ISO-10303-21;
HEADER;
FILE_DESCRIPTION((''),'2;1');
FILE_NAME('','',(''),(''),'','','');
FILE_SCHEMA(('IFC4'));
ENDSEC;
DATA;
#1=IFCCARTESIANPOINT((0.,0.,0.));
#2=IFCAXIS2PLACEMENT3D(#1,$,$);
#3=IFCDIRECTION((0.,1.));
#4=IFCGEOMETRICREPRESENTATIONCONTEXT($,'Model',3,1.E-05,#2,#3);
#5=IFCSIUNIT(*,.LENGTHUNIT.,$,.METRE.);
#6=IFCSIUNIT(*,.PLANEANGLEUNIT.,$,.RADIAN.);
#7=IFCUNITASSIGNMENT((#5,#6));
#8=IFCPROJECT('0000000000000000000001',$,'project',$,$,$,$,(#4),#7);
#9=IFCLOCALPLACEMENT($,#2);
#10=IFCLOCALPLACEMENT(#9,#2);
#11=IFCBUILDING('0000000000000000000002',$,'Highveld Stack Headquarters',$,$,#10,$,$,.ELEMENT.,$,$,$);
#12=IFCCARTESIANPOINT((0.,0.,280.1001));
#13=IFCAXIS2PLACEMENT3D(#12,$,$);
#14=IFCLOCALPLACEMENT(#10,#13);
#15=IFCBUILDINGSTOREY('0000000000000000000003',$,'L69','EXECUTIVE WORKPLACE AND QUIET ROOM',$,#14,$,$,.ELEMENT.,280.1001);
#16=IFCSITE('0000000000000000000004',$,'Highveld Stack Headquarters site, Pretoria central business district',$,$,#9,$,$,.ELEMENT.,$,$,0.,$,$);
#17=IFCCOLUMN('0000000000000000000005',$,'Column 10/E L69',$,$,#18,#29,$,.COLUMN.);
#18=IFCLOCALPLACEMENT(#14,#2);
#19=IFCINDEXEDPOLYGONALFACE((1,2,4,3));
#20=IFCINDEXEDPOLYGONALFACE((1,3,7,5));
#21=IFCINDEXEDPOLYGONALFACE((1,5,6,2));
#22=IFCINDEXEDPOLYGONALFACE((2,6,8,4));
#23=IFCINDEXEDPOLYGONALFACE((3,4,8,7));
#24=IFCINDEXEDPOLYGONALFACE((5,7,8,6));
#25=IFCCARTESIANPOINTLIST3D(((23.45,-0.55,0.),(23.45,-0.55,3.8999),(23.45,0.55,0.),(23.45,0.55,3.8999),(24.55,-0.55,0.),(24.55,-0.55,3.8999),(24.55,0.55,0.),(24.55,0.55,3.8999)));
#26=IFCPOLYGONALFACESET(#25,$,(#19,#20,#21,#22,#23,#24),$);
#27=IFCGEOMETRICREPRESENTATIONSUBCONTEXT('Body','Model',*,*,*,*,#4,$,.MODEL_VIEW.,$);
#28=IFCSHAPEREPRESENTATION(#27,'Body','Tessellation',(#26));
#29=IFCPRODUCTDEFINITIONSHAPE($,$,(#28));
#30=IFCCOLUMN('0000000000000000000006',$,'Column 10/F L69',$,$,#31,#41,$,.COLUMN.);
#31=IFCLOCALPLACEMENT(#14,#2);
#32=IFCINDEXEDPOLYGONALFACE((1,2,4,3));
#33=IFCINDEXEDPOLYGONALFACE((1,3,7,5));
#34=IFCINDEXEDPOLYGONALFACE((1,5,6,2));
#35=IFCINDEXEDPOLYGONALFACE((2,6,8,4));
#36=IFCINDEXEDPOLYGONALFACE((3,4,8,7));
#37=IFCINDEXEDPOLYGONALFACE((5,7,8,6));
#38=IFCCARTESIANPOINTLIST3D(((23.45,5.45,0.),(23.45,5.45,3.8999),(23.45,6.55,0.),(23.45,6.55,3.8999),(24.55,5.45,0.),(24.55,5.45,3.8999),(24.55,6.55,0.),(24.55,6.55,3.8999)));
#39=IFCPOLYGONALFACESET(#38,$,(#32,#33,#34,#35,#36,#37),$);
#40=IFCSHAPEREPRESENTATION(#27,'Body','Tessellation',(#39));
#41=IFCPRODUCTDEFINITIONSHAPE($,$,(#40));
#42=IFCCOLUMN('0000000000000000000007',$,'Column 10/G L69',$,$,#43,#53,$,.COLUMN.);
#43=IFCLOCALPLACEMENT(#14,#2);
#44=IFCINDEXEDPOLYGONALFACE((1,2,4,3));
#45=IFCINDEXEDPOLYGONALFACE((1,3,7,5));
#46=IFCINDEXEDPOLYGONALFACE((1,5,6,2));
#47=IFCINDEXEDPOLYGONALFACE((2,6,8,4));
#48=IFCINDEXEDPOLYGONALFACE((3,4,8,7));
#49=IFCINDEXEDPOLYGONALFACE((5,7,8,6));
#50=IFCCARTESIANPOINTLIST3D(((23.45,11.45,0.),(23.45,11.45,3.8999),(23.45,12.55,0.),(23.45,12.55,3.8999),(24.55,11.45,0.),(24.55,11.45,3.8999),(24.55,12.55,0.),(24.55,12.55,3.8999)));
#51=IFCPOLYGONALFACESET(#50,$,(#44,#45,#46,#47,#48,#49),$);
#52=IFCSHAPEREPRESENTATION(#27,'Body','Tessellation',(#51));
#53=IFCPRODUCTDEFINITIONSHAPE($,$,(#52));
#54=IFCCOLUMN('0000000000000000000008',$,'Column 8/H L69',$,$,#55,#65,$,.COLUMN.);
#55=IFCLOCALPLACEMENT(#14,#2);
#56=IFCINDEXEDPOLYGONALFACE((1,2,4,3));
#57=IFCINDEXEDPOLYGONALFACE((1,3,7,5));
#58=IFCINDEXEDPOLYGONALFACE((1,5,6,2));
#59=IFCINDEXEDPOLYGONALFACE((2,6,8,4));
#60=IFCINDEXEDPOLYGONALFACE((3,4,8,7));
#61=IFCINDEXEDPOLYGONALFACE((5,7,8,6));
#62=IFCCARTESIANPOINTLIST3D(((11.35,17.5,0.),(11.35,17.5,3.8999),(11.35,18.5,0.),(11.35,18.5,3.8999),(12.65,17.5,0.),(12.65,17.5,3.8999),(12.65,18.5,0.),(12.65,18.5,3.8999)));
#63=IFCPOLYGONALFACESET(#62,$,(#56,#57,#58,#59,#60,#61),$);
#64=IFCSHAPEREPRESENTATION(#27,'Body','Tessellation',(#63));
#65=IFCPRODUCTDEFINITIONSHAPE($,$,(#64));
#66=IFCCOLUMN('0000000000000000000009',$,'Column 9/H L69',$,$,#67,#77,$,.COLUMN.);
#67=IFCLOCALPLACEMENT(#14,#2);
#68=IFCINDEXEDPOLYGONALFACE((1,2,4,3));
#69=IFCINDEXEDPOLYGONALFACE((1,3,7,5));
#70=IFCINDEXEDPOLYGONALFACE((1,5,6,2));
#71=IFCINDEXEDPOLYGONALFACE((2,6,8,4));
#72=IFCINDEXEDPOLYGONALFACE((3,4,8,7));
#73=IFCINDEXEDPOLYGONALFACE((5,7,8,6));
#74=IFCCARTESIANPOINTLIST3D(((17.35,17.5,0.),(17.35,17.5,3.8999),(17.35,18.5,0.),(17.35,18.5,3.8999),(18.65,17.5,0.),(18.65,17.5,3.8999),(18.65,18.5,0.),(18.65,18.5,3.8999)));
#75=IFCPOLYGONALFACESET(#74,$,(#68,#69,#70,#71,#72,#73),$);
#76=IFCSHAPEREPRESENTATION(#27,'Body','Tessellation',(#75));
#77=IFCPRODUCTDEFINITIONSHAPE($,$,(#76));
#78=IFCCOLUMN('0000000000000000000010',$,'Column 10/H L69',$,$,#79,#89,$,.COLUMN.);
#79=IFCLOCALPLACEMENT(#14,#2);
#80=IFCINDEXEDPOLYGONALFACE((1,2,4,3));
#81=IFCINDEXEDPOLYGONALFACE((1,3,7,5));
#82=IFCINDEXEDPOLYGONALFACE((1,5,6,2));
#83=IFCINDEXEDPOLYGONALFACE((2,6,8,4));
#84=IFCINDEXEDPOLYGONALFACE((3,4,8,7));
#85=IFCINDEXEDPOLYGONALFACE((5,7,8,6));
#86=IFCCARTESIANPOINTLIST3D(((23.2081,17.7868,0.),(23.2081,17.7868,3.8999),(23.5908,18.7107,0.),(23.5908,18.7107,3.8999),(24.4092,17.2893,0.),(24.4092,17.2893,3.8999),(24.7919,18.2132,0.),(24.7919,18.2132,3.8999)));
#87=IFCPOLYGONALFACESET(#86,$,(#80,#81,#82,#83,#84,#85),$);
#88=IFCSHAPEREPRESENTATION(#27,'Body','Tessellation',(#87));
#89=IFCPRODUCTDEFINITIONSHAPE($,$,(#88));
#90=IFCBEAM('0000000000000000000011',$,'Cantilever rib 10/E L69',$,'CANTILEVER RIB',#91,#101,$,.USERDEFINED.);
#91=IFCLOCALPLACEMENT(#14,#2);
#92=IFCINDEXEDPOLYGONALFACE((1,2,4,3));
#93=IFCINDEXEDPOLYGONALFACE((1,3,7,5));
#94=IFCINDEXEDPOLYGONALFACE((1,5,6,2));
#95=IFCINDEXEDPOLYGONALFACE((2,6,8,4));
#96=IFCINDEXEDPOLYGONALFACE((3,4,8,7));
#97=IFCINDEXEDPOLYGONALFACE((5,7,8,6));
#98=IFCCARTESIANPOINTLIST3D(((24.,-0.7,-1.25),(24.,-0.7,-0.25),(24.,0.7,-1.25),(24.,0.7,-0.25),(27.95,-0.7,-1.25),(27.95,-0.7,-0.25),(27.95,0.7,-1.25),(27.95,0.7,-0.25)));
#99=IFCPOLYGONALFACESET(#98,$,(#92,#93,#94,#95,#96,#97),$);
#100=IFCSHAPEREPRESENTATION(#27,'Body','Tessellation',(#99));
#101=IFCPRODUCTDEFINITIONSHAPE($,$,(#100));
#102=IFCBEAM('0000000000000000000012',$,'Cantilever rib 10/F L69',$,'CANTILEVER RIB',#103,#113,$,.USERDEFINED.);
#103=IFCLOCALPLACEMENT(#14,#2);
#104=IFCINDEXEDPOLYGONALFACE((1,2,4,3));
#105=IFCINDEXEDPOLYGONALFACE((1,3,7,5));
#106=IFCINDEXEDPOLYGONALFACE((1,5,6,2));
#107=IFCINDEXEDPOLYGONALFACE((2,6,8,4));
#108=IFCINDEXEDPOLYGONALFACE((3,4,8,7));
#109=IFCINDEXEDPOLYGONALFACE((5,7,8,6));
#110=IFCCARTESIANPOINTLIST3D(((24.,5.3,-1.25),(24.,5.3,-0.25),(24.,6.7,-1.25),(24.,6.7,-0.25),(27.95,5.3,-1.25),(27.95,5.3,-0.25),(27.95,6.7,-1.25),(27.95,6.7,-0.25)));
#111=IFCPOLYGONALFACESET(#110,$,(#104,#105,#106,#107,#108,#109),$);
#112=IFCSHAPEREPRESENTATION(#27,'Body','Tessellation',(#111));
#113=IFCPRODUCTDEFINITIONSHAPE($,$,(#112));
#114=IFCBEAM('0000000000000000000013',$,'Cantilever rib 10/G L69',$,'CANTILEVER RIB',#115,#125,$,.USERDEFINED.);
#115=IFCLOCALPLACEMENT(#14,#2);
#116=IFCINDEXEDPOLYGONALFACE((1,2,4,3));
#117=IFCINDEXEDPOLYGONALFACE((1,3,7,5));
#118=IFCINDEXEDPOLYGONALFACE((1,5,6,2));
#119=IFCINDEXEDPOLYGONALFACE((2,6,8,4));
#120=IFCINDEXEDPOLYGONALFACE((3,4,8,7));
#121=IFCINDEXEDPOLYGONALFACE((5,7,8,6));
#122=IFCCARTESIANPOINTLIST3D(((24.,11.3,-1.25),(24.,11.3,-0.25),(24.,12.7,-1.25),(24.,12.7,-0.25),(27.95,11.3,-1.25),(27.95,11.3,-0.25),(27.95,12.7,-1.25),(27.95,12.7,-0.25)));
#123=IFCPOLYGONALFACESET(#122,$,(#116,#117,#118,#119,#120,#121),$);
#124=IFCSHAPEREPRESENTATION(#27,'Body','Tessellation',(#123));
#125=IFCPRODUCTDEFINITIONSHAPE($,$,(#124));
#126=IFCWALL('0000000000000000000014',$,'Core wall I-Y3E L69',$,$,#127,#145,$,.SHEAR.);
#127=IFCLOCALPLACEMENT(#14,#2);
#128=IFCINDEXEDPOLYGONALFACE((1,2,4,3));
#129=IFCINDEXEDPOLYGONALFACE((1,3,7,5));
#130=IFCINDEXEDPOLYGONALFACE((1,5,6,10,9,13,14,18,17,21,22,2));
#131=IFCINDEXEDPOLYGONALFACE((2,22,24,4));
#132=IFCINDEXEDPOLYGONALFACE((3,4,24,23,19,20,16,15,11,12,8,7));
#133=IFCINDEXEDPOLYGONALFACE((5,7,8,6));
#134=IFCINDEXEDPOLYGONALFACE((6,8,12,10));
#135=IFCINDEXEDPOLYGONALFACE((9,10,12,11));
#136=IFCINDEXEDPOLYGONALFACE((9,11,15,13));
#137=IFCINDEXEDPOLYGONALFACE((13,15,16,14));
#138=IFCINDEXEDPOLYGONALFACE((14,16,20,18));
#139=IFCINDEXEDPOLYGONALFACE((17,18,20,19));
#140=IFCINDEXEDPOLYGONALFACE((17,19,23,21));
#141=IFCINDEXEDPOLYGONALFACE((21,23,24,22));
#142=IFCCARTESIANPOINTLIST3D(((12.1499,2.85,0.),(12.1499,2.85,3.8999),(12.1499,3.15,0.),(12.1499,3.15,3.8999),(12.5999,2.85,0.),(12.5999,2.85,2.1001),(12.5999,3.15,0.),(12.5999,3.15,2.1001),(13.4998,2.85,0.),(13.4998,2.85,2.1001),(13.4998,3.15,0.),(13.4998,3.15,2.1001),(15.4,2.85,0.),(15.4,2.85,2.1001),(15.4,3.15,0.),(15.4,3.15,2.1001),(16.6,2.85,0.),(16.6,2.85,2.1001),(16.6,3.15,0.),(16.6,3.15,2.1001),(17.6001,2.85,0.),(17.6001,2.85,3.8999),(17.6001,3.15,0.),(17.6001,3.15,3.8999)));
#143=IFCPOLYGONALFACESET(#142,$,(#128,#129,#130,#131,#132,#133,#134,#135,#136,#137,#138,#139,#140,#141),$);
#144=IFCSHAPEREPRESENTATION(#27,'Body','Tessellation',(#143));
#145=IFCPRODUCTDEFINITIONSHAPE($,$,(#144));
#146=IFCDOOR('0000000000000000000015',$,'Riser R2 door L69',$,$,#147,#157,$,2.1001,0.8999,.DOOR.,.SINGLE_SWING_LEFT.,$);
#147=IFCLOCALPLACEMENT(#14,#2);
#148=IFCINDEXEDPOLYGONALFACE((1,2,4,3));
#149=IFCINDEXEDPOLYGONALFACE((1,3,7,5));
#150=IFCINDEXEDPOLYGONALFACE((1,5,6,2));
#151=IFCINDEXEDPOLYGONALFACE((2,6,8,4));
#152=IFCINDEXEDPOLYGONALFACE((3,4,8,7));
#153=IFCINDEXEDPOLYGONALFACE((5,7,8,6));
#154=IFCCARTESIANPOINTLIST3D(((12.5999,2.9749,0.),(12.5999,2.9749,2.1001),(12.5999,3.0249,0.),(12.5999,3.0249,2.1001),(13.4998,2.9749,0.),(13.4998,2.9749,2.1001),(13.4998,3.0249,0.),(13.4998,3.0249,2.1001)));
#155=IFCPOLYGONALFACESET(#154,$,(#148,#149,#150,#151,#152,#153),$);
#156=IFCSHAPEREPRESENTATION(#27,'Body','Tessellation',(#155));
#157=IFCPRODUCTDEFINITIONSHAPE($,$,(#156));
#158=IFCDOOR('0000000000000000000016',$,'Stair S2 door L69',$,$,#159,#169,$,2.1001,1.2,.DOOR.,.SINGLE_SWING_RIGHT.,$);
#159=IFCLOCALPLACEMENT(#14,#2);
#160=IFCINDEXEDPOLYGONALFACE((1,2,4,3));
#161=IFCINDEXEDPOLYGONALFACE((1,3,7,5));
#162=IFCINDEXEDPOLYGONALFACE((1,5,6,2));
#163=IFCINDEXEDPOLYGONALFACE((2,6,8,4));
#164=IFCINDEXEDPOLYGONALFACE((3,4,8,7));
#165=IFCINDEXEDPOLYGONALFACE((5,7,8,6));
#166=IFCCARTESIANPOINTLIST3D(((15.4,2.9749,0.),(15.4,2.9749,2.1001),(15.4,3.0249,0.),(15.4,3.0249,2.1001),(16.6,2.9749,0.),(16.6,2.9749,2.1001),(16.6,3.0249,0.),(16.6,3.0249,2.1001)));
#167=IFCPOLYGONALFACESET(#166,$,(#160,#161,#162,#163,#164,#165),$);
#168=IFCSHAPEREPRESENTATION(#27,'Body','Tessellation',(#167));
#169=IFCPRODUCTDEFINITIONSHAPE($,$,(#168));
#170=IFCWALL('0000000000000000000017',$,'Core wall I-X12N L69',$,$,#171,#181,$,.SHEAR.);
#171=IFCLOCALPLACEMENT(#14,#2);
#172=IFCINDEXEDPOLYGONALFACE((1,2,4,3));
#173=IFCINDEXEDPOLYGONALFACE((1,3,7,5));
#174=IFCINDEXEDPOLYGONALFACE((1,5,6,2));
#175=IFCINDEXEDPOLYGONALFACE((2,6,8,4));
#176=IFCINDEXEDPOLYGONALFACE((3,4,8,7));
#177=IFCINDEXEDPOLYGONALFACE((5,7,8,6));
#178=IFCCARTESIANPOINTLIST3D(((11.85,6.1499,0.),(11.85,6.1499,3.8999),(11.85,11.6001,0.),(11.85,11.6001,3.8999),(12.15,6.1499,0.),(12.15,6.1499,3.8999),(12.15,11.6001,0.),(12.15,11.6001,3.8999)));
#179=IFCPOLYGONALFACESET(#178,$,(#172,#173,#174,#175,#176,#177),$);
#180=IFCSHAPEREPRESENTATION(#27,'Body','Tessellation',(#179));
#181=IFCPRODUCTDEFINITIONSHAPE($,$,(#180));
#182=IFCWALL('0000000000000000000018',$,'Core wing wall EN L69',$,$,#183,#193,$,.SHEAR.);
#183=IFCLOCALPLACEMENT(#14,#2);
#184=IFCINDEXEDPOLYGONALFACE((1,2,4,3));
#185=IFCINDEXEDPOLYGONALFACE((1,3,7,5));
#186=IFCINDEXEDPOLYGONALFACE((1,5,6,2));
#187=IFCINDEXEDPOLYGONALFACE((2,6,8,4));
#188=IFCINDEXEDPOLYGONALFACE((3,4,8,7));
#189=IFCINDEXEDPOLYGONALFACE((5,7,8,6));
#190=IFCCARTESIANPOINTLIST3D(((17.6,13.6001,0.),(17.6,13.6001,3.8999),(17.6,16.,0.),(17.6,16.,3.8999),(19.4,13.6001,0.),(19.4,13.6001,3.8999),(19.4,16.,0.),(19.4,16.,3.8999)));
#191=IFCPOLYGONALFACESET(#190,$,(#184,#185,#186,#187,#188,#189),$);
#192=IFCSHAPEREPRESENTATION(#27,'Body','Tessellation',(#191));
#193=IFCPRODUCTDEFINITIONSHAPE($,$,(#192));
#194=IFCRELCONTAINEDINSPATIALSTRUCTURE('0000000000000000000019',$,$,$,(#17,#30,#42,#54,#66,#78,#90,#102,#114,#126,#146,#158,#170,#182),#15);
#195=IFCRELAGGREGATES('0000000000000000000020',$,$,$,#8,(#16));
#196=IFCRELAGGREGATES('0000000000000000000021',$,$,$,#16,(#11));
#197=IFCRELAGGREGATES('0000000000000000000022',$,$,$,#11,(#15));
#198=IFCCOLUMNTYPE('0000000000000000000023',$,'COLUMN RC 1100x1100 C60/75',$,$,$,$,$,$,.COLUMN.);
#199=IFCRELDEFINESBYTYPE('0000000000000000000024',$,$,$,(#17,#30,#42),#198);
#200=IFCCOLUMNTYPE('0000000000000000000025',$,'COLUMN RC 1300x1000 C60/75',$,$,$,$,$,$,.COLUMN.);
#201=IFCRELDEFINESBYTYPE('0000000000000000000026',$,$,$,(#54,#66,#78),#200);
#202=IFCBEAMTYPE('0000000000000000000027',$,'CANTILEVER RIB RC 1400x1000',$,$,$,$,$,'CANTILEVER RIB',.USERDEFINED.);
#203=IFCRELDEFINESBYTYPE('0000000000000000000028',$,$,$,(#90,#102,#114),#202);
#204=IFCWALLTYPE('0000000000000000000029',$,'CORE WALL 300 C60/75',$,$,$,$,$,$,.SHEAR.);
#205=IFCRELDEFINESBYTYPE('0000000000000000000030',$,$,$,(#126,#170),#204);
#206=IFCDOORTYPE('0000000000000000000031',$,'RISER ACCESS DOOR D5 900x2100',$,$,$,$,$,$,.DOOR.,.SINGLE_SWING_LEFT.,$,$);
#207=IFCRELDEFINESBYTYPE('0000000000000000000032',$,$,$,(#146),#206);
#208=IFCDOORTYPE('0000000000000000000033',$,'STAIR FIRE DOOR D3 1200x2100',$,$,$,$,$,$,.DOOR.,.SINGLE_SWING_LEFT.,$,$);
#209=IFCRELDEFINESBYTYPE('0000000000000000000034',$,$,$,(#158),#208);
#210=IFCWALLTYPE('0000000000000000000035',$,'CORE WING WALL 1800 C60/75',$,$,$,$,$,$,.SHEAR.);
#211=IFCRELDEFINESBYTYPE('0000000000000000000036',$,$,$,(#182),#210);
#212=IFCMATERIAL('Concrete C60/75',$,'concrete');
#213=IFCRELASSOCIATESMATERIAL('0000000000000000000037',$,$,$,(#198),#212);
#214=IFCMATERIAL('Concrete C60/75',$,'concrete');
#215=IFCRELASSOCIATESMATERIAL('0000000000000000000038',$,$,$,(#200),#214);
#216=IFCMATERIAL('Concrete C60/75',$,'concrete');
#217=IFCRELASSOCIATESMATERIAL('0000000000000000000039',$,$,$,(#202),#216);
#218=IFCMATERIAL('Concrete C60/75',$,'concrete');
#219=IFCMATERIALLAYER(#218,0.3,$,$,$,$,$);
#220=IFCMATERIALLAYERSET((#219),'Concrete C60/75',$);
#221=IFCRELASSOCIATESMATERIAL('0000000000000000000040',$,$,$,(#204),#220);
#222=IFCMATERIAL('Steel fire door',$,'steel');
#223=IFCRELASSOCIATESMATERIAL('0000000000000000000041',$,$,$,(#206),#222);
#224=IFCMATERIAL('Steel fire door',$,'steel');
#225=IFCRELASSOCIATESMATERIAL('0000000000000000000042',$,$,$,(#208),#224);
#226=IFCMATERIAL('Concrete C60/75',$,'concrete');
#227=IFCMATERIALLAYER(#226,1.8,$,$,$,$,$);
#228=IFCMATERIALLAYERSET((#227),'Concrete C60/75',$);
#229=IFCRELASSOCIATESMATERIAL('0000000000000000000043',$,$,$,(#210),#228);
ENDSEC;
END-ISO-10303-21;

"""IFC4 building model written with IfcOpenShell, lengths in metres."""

from ifc_helpers import new_model, si_unit, direction, frame, frame_2d, origin, origin_2d, place, context, subcontext, project, spatial, rectangle, extrude, material, layer, layer_set, material_profile, profile_set, type_object, element, fill, save


model = new_model("IFC4")

# Units and contexts
model_context = context("Model", 3, precision=1e-05, world=origin(), true_north=direction((0.0, 1.0)))
body_context = subcontext(model_context, "Body", "Model", "MODEL_VIEW")
ifc_project = project(units=[si_unit("LENGTHUNIT", "METRE"), si_unit("PLANEANGLEUNIT", "RADIAN")], contexts=[model_context])

# Site, building, storey
site_placement = place(None, origin())
site = spatial("IfcSite", under=ifc_project, at=site_placement, Name="Highveld Stack Headquarters site, Pretoria central business district", CompositionType="ELEMENT", RefElevation=0.0)
building_placement = place(site_placement, origin())
building = spatial("IfcBuilding", under=site, at=building_placement, Name="Highveld Stack Headquarters", CompositionType="ELEMENT")
storey_placement = place(building_placement, frame((0.0, 0.0, 280.1001)))
storey = spatial("IfcBuildingStorey", under=building, at=storey_placement, Name="L69", Description="EXECUTIVE WORKPLACE AND QUIET ROOM", CompositionType="ELEMENT", Elevation=280.1001)

# Columns
ifc_material_1 = material(Name="Concrete C60/75", Category="concrete")
ifc_material_profile_1 = material_profile(ifc_material_1, rectangle(XDim=1.1001, YDim=1.1001, at=origin_2d()), Name="RC 1100x1100")
ifc_profile_set_1 = profile_set([ifc_material_profile_1], Name="Concrete C60/75")
column_type_1 = type_object("IfcColumnType", Name="COLUMN RC 1100x1100 C60/75", PredefinedType="COLUMN", material=ifc_profile_set_1)
for number, where, z_axis, x_axis, name in (
    (1, (24.0, 0.0, 0.0), (0.0, 0.0, 1.0), (1.0, 0.0, 0.0), "Column 10/E L69"),
    (2, (24.0, 6.0, 0.0), (0.0, 0.0, 1.0), (1.0, 0.0, 0.0), "Column 10/F L69"),
    (3, (24.0, 12.0, 0.0), (0.0, 0.0, 1.0), (1.0, 0.0, 0.0), "Column 10/G L69"),
):
    element("IfcColumn", number, at=place(storey_placement, frame(where, z_axis=z_axis, x_axis=x_axis)), inside=storey, type_object=column_type_1, Name=name, PredefinedType="COLUMN", context=body_context, shape_type="SweptSolid", body=[
        extrude(rectangle(XDim=1.1001, YDim=1.1001, at=origin_2d()), origin(), (0.0, 0.0, 1.0), 3.8999),
    ])
ifc_material_2 = material(Name="Concrete C60/75", Category="concrete")
ifc_material_profile_2 = material_profile(ifc_material_2, rectangle(XDim=1.3, YDim=1.0, at=origin_2d()), Name="RC 1300x1000")
ifc_profile_set_2 = profile_set([ifc_material_profile_2], Name="Concrete C60/75")
column_type_2 = type_object("IfcColumnType", Name="COLUMN RC 1300x1000 C60/75", PredefinedType="COLUMN", material=ifc_profile_set_2)
for number, where, z_axis, x_axis, name in (
    (4, (12.0, 18.0, 0.0), (0.0, 0.0, 1.0), (1.0, 0.0, 0.0), "Column 8/H L69"),
    (5, (18.0, 18.0, 0.0), (0.0, 0.0, 1.0), (1.0, 0.0, 0.0), "Column 9/H L69"),
    (6, (24.0, 18.0, 0.0), (0.0, 0.0, 1.0), (0.92388, -0.382683, 0.0), "Column 10/H L69"),
):
    element("IfcColumn", number, at=place(storey_placement, frame(where, z_axis=z_axis, x_axis=x_axis)), inside=storey, type_object=column_type_2, Name=name, PredefinedType="COLUMN", context=body_context, shape_type="SweptSolid", body=[
        extrude(rectangle(XDim=1.3, YDim=1.0, at=origin_2d()), origin(), (0.0, 0.0, 1.0), 3.8999),
    ])

# Beams
ifc_material_3 = material(Name="Concrete C60/75", Category="concrete")
ifc_material_profile_3 = material_profile(ifc_material_3, rectangle(XDim=1.3999, YDim=1.0, at=origin_2d()), Name="RC 1400x1000")
ifc_profile_set_3 = profile_set([ifc_material_profile_3], Name="Concrete C60/75")
beam_type = type_object("IfcBeamType", Name="CANTILEVER RIB RC 1400x1000", ElementType="CANTILEVER RIB", PredefinedType="USERDEFINED", material=ifc_profile_set_3)
for number, where, z_axis, x_axis, name in (
    (7, (24.0, 0.0, -0.75), (1.0, 0.0, 0.0), (0.0, 1.0, 0.0), "Cantilever rib 10/E L69"),
    (8, (24.0, 6.0, -0.75), (1.0, 0.0, 0.0), (0.0, 1.0, 0.0), "Cantilever rib 10/F L69"),
    (9, (24.0, 12.0, -0.75), (1.0, 0.0, 0.0), (0.0, 1.0, 0.0), "Cantilever rib 10/G L69"),
):
    element("IfcBeam", number, at=place(storey_placement, frame(where, z_axis=z_axis, x_axis=x_axis)), inside=storey, type_object=beam_type, Name=name, ObjectType="CANTILEVER RIB", PredefinedType="USERDEFINED", context=body_context, shape_type="SweptSolid", body=[
        extrude(rectangle(XDim=1.3999, YDim=1.0, at=origin_2d()), origin(), (0.0, 0.0, 1.0), 3.95),
    ])

# Wall, openings, doors
ifc_material_4 = material(Name="Concrete C60/75", Category="concrete")
ifc_layer_1 = layer(ifc_material_4, 0.3)
ifc_layer_set_1 = layer_set([ifc_layer_1], Name="Concrete C60/75")
wall_type_1 = type_object("IfcWallType", Name="CORE WALL 300 C60/75", PredefinedType="SHEAR", material=ifc_layer_set_1)
wall_1_placement = place(storey_placement, frame((12.1499, 3.0, 0.0), z_axis=(0.0, 0.0, 1.0), x_axis=(1.0, 0.0, 0.0)))
wall_1 = element("IfcWall", 10, at=wall_1_placement, inside=storey, type_object=wall_type_1, Name="Core wall I-Y3E L69", PredefinedType="SHEAR", context=body_context, shape_type="SweptSolid", body=[
    extrude(rectangle(XDim=5.4502, YDim=0.3, at=frame_2d((2.7251, 0.0))), origin(), (0.0, 0.0, 1.0), 3.8999),
])
opening_1_placement = place(wall_1_placement, frame((3.25, 0.0, 0.0)))
opening_1 = element("IfcOpeningElement", 11, at=opening_1_placement, cuts=wall_1, PredefinedType="OPENING", context=body_context, shape_type="SweptSolid", body=[
    extrude(rectangle(XDim=1.2, YDim=2.1001, at=frame_2d((0.6001, 1.05))), frame((0.0, 0.1599, 0.0), z_axis=(0.0, -1.0, 0.0), x_axis=(1.0, 0.0, 0.0)), (0.0, 0.0, 1.0), 0.3201),
])
opening_2_placement = place(wall_1_placement, frame((0.45, 0.0, 0.0)))
opening_2 = element("IfcOpeningElement", 12, at=opening_2_placement, cuts=wall_1, PredefinedType="OPENING", context=body_context, shape_type="SweptSolid", body=[
    extrude(rectangle(XDim=0.8999, YDim=2.1001, at=frame_2d((0.45, 1.05))), frame((0.0, 0.1599, 0.0), z_axis=(0.0, -1.0, 0.0), x_axis=(1.0, 0.0, 0.0)), (0.0, 0.0, 1.0), 0.3201),
])
ifc_material_5 = material(Name="Steel fire door", Category="steel")
door_type_1 = type_object("IfcDoorType", Name="RISER ACCESS DOOR D5 900x2100", OperationType="SINGLE_SWING_LEFT", PredefinedType="DOOR", material=ifc_material_5)
door_1_placement = place(opening_2_placement, origin())
door_1 = element("IfcDoor", 13, at=door_1_placement, inside=storey, type_object=door_type_1, Name="Riser R2 door L69", OperationType="SINGLE_SWING_LEFT", OverallHeight=2.1001, OverallWidth=0.8999, PredefinedType="DOOR", context=body_context, shape_type="SweptSolid", body=[
    extrude(rectangle(XDim=0.8999, YDim=2.1001, at=frame_2d((0.45, 1.05))), frame((0.0, 0.0249, 0.0), z_axis=(0.0, -1.0, 0.0), x_axis=(1.0, 0.0, 0.0)), (0.0, 0.0, 1.0), 0.05),
])
fill(opening_2, door_1)
ifc_material_6 = material(Name="Steel fire door", Category="steel")
door_type_2 = type_object("IfcDoorType", Name="STAIR FIRE DOOR D3 1200x2100", OperationType="SINGLE_SWING_LEFT", PredefinedType="DOOR", material=ifc_material_6)
door_2_placement = place(opening_1_placement, origin())
door_2 = element("IfcDoor", 14, at=door_2_placement, inside=storey, type_object=door_type_2, Name="Stair S2 door L69", OperationType="SINGLE_SWING_RIGHT", OverallHeight=2.1001, OverallWidth=1.2, PredefinedType="DOOR", context=body_context, shape_type="SweptSolid", body=[
    extrude(rectangle(XDim=1.2, YDim=2.1001, at=frame_2d((0.6001, 1.05))), frame((0.0, 0.0249, 0.0), z_axis=(0.0, -1.0, 0.0), x_axis=(1.0, 0.0, 0.0)), (0.0, 0.0, 1.0), 0.05),
])
fill(opening_1, door_2)

# Walls
wall_2_placement = place(storey_placement, frame((12.0, 6.1499, 0.0), z_axis=(0.0, 0.0, 1.0), x_axis=(0.0, 1.0, 0.0)))
element("IfcWall", 15, at=wall_2_placement, inside=storey, type_object=wall_type_1, Name="Core wall I-X12N L69", PredefinedType="SHEAR", context=body_context, shape_type="SweptSolid", body=[
    extrude(rectangle(XDim=5.4502, YDim=0.3, at=frame_2d((2.7251, 0.0))), origin(), (0.0, 0.0, 1.0), 3.8999),
])
ifc_material_7 = material(Name="Concrete C60/75", Category="concrete")
ifc_layer_2 = layer(ifc_material_7, 1.8)
ifc_layer_set_2 = layer_set([ifc_layer_2], Name="Concrete C60/75")
wall_type_2 = type_object("IfcWallType", Name="CORE WING WALL 1800 C60/75", PredefinedType="SHEAR", material=ifc_layer_set_2)
wall_3_placement = place(storey_placement, frame((18.5, 13.6001, 0.0), z_axis=(0.0, 0.0, 1.0), x_axis=(0.0, 1.0, 0.0)))
element("IfcWall", 16, at=wall_3_placement, inside=storey, type_object=wall_type_2, Name="Core wing wall EN L69", PredefinedType="SHEAR", context=body_context, shape_type="SweptSolid", body=[
    extrude(rectangle(XDim=2.3999, YDim=1.8, at=frame_2d((1.2, 0.0))), origin(), (0.0, 0.0, 1.0), 3.8999),
])

save(model, "model.ifc")
